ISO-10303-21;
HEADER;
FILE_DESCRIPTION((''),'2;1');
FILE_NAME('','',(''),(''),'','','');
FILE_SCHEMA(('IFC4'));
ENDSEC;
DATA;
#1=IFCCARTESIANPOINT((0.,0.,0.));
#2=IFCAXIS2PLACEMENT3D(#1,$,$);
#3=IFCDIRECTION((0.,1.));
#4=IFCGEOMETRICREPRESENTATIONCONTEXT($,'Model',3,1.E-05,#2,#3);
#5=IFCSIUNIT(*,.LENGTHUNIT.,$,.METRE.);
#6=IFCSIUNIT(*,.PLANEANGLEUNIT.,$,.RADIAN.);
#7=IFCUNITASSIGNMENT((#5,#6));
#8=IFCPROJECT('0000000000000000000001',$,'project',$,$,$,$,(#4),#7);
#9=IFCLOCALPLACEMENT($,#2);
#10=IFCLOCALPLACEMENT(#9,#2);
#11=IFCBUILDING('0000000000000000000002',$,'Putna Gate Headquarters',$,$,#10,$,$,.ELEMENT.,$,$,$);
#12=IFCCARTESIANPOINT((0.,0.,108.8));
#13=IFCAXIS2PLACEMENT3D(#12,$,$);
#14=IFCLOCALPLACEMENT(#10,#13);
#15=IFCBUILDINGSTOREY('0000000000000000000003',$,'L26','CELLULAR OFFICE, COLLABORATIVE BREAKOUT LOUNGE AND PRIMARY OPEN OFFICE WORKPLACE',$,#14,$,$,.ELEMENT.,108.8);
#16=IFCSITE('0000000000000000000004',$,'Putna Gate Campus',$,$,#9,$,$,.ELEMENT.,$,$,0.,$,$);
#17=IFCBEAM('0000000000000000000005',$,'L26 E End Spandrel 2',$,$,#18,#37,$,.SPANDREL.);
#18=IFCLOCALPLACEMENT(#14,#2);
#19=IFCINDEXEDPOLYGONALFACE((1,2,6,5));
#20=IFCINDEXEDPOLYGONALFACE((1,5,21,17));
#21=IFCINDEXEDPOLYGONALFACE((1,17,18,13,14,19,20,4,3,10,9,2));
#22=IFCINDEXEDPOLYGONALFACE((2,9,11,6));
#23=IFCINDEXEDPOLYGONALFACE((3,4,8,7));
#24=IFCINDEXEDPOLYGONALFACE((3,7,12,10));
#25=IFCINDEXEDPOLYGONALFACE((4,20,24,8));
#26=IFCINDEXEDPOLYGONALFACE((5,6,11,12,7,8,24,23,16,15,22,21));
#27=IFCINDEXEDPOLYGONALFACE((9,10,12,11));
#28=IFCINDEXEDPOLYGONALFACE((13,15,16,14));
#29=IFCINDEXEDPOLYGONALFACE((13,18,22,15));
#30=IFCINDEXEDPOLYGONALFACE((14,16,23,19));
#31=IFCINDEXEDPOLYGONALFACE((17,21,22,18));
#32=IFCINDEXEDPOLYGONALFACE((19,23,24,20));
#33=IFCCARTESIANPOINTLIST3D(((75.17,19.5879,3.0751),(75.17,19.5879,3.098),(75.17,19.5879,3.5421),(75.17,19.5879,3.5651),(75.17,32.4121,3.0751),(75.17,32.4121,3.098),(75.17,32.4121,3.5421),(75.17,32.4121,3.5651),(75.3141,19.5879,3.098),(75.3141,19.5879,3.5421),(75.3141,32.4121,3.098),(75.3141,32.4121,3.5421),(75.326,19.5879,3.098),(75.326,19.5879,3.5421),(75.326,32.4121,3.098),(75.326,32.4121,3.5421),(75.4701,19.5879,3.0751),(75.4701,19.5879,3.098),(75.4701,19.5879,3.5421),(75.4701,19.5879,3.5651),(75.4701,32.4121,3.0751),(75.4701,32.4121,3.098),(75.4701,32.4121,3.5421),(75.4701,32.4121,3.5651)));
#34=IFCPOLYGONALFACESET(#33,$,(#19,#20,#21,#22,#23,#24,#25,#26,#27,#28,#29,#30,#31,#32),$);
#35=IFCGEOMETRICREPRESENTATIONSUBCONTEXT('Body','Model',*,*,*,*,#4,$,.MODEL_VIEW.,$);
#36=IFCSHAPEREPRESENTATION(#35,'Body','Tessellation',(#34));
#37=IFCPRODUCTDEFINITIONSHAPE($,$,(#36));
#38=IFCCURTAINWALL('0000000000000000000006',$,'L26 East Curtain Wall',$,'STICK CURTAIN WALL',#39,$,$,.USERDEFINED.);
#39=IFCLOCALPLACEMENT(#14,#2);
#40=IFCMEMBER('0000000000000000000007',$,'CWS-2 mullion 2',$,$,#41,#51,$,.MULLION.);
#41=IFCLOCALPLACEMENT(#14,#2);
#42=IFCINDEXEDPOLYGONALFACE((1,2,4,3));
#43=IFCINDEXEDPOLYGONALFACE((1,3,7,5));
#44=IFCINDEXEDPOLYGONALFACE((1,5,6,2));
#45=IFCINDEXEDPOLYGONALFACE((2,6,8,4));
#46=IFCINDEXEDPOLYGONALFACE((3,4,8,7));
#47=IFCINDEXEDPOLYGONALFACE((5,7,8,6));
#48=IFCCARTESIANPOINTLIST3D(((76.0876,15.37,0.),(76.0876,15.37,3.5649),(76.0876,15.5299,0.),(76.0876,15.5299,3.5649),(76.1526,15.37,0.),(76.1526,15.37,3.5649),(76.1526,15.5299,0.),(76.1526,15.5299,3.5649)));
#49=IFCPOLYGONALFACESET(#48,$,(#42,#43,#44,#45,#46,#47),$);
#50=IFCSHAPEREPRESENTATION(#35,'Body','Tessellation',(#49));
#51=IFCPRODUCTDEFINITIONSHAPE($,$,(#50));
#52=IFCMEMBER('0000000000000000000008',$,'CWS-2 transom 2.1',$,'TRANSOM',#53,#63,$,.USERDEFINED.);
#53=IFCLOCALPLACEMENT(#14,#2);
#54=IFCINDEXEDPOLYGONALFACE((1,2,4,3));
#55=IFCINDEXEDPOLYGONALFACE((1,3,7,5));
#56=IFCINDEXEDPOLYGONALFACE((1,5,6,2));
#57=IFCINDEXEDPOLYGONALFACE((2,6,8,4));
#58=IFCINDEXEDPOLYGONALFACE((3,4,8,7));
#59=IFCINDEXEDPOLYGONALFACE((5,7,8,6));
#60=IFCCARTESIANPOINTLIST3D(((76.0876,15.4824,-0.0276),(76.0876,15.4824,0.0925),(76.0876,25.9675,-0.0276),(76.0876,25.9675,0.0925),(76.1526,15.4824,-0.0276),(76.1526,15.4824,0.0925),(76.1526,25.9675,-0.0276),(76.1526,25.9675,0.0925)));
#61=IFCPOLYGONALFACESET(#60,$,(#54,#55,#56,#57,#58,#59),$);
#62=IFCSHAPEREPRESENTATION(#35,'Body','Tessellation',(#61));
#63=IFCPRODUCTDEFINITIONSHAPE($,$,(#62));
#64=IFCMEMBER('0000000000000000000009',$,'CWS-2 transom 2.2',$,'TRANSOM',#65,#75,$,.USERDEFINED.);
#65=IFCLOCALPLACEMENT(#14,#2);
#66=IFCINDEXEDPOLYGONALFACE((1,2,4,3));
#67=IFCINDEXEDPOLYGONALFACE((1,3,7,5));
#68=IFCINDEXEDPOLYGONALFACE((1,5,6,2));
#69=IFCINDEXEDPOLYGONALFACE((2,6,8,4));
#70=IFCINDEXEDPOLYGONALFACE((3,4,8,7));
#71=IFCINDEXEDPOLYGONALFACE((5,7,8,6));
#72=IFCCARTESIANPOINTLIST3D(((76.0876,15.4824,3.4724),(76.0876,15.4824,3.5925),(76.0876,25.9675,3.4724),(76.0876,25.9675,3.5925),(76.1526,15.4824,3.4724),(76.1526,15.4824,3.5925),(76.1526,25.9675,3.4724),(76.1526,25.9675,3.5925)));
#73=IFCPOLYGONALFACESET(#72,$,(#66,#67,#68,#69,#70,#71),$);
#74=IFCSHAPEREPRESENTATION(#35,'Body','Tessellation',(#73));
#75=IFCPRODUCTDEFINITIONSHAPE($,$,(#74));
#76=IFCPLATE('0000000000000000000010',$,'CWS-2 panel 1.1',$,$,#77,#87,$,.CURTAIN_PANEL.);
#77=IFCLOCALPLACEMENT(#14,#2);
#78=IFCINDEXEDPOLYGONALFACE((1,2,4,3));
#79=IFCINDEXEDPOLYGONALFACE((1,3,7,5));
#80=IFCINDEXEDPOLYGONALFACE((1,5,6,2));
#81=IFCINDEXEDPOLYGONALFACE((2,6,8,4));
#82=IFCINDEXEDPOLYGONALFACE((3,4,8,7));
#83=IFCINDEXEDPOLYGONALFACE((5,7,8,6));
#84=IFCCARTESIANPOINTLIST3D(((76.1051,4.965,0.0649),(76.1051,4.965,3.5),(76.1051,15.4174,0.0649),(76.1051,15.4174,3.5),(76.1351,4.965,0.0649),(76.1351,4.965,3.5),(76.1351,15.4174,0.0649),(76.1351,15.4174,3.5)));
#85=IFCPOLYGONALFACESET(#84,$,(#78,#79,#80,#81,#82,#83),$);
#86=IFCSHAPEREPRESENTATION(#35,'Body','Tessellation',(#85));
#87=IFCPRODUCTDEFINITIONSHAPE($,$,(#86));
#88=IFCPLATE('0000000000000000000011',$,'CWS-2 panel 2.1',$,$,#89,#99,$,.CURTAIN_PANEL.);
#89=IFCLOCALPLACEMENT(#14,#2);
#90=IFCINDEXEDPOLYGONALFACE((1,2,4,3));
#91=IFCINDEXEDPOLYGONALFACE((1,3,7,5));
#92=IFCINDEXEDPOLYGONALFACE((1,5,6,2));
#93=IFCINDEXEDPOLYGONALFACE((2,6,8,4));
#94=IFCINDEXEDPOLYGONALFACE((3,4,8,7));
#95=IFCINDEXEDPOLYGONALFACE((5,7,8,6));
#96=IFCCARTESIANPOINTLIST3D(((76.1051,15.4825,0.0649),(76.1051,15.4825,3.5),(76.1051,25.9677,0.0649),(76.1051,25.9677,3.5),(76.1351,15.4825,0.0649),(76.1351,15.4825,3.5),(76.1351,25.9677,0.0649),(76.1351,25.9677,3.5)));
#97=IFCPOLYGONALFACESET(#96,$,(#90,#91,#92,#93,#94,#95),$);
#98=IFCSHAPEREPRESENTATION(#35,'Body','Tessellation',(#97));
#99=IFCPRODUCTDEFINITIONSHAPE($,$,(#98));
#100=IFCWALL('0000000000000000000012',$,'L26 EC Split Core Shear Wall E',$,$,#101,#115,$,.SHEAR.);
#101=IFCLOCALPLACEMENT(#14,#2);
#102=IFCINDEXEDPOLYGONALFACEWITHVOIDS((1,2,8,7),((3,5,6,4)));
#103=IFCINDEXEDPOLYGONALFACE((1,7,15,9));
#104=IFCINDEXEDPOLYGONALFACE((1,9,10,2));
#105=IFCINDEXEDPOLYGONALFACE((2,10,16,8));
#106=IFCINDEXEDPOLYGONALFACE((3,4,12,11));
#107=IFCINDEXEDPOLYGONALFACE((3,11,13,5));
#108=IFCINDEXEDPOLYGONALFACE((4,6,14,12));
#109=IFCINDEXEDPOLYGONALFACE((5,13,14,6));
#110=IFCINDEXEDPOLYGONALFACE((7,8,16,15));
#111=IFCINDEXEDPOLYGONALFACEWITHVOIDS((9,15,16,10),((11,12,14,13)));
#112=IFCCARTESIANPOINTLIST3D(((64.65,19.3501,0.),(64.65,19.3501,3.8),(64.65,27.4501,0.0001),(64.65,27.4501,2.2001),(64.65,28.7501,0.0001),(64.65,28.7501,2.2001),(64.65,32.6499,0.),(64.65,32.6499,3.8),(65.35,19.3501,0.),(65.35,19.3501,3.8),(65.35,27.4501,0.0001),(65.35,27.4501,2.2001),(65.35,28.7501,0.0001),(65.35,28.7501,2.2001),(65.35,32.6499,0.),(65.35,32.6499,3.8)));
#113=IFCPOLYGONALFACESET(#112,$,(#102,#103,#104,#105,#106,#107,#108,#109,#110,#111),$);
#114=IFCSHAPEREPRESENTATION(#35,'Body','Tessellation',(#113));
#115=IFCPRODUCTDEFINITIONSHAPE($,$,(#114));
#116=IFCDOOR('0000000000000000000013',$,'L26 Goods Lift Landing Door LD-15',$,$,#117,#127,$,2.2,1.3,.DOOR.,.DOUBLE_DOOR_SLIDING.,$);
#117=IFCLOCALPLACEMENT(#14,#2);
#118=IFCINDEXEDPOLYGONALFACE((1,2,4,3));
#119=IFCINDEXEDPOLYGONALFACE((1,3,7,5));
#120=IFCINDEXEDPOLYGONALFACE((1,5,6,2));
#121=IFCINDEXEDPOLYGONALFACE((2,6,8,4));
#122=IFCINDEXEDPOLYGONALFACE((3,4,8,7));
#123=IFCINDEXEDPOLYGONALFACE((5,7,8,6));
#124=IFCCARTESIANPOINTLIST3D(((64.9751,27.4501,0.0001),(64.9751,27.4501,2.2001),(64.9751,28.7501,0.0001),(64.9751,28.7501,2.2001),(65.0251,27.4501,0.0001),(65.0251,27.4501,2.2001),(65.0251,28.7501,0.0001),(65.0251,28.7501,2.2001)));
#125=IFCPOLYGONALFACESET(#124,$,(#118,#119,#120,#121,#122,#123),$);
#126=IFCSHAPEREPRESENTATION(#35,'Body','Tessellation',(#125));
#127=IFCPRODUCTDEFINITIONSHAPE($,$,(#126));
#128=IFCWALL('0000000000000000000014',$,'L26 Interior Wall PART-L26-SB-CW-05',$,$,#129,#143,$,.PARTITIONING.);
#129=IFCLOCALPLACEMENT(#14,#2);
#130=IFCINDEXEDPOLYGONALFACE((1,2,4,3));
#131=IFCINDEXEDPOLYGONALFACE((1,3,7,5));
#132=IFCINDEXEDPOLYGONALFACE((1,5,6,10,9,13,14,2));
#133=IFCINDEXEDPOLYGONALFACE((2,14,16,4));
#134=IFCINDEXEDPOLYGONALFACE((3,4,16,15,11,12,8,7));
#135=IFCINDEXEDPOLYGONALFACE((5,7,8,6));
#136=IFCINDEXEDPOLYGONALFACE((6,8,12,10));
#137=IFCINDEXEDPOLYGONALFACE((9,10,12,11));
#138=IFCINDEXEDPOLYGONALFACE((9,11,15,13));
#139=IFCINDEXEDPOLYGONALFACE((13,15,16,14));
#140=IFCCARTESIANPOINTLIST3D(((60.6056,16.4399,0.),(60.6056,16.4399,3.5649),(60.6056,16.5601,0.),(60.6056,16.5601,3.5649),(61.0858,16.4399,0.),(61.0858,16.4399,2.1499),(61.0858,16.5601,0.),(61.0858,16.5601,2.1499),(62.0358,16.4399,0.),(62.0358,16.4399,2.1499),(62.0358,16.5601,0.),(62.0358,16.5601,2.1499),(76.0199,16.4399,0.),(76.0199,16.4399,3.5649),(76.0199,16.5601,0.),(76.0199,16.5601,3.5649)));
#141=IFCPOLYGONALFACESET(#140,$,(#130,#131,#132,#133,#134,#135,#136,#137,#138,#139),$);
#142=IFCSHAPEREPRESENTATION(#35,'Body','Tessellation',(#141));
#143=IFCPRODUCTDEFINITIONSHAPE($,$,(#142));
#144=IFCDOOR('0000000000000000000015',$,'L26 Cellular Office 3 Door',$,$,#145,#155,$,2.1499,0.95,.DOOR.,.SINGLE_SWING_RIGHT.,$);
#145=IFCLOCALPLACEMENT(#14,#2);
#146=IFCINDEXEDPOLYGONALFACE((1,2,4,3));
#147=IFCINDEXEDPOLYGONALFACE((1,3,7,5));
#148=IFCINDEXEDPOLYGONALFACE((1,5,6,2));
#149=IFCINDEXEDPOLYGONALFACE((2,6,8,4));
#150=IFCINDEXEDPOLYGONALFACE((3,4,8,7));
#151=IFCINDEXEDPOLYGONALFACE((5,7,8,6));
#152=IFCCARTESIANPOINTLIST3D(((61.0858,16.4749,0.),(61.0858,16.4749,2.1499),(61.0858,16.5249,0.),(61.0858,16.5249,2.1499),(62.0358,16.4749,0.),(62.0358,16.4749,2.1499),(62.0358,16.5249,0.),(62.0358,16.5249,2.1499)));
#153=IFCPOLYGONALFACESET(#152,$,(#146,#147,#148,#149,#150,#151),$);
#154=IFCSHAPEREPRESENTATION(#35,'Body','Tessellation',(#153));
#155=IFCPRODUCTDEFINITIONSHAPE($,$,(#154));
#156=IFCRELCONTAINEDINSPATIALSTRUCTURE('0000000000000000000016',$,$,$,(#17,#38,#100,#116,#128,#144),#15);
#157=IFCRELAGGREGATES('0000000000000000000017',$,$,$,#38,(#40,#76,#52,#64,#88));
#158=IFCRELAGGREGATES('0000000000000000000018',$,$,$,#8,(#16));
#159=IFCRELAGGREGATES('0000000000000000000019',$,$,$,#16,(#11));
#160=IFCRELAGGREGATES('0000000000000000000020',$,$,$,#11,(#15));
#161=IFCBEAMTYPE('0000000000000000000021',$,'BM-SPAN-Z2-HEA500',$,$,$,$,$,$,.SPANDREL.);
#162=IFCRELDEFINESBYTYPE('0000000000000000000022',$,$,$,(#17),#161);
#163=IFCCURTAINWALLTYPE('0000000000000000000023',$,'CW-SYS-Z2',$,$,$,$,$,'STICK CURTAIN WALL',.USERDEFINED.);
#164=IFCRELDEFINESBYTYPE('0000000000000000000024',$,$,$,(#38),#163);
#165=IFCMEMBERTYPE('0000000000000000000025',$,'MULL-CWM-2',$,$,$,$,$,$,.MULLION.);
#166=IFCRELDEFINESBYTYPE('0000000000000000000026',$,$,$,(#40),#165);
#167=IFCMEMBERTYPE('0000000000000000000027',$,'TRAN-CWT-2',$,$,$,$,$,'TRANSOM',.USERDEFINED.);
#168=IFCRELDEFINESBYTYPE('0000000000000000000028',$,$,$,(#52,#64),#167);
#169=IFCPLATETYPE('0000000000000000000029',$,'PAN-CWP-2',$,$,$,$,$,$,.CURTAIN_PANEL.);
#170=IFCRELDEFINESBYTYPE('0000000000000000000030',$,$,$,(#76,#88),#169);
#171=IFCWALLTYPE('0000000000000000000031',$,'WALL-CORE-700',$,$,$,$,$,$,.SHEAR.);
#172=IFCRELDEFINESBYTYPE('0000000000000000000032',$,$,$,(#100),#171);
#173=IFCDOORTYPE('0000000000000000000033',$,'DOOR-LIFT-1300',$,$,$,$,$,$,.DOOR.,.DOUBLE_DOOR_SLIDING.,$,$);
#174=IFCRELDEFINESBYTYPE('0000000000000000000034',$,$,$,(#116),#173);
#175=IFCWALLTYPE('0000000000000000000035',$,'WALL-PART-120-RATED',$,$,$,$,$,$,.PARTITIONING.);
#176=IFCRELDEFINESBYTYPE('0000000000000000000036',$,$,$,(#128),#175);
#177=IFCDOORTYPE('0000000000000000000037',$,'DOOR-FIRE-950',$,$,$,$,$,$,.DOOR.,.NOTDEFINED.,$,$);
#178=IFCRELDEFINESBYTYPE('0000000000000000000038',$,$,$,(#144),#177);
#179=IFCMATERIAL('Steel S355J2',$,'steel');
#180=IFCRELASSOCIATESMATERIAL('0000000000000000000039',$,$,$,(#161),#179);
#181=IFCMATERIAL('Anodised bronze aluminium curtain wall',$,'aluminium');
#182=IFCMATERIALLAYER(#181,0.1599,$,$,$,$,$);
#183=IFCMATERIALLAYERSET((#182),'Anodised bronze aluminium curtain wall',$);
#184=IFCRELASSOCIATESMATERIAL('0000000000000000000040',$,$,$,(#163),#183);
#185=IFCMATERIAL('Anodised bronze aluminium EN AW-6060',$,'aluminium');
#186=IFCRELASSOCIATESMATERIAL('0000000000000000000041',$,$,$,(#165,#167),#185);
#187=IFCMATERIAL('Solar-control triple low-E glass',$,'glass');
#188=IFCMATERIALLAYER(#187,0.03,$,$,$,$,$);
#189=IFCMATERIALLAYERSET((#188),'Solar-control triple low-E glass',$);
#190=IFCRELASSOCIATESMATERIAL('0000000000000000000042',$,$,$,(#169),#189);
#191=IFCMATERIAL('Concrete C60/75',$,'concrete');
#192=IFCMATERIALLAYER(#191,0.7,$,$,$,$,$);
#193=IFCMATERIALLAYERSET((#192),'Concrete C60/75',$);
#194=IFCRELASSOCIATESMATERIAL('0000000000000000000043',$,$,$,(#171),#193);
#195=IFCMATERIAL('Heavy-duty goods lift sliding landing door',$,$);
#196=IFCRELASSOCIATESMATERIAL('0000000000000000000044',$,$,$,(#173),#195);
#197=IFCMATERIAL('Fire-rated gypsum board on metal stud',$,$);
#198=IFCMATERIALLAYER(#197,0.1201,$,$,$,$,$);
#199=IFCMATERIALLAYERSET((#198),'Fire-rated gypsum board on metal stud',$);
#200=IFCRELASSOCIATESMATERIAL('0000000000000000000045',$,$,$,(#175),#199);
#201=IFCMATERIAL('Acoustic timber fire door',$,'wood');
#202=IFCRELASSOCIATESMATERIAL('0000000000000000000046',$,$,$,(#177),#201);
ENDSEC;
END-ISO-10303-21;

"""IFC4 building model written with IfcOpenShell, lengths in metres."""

from ifc_helpers import new_model, si_unit, direction, frame, frame_2d, origin, origin_2d, place, context, subcontext, project, spatial, rectangle, i_section, extrude, material, layer, layer_set, material_profile, profile_set, type_object, element, fill, aggregate, save


model = new_model("IFC4")

# Units and contexts
model_context = context("Model", 3, precision=1e-05, world=origin(), true_north=direction((0.0, 1.0)))
body_context = subcontext(model_context, "Body", "Model", "MODEL_VIEW")
ifc_project = project(units=[si_unit("LENGTHUNIT", "METRE"), si_unit("PLANEANGLEUNIT", "RADIAN")], contexts=[model_context])

# Site, building, storey
site_placement = place(None, origin())
site = spatial("IfcSite", under=ifc_project, at=site_placement, Name="Putna Gate Campus", CompositionType="ELEMENT", RefElevation=0.0)
building_placement = place(site_placement, origin())
building = spatial("IfcBuilding", under=site, at=building_placement, Name="Putna Gate Headquarters", CompositionType="ELEMENT")
storey_placement = place(building_placement, frame((0.0, 0.0, 108.8)))
storey = spatial("IfcBuildingStorey", under=building, at=storey_placement, Name="L26", Description="CELLULAR OFFICE, COLLABORATIVE BREAKOUT LOUNGE AND PRIMARY OPEN OFFICE WORKPLACE", CompositionType="ELEMENT", Elevation=108.8)

# Shared definitions
ifc_material_1 = material(Name="Concrete C60/75", Category="concrete")

# Beam
ifc_material_2 = material(Name="Steel S355J2", Category="steel")
ifc_material_profile_1 = material_profile(ifc_material_2, i_section(OverallWidth=0.3, OverallDepth=0.49, WebThickness=0.012, FlangeThickness=0.0229, at=origin_2d()), Name="Steel S355J2")
ifc_profile_set_1 = profile_set([ifc_material_profile_1], Name="Steel S355J2")
beam_type_1 = type_object("IfcBeamType", Name="BM-SPAN-Z2-HEA500", PredefinedType="SPANDREL", material=ifc_profile_set_1)
beam_1_placement = place(storey_placement, frame((75.3201, 19.5879, 3.3201), z_axis=(0.0, 1.0, 0.0), x_axis=(-1.0, 0.0, 0.0)))
element("IfcBeam", 1, at=beam_1_placement, inside=storey, type_object=beam_type_1, Name="L26 E End Spandrel 2", PredefinedType="SPANDREL", context=body_context, shape_type="SweptSolid", body=[
    extrude(i_section(OverallWidth=0.3, OverallDepth=0.49, WebThickness=0.012, FlangeThickness=0.0229, at=origin_2d()), origin(), (0.0, 0.0, 1.0), 12.8242),
])

# Curtain wall, members, plates
ifc_material_3 = material(Name="Anodised bronze aluminium curtain wall", Category="aluminium")
ifc_layer_1 = layer(ifc_material_3, 0.1599)
ifc_layer_set_1 = layer_set([ifc_layer_1], Name="Anodised bronze aluminium curtain wall")
curtain_wall_type = type_object("IfcCurtainWallType", Name="CW-SYS-Z2", ElementType="STICK CURTAIN WALL", PredefinedType="USERDEFINED", material=ifc_layer_set_1)
curtain_wall_placement = place(storey_placement, origin())
curtain_wall = element("IfcCurtainWall", 2, at=curtain_wall_placement, inside=storey, type_object=curtain_wall_type, Name="L26 East Curtain Wall", ObjectType="STICK CURTAIN WALL", PredefinedType="USERDEFINED")
ifc_material_4 = material(Name="Anodised bronze aluminium EN AW-6060", Category="aluminium")
ifc_material_profile_2 = material_profile(ifc_material_4, rectangle(XDim=0.0649, YDim=0.1599, at=origin_2d()), Name="Anodised bronze aluminium EN AW-6060")
ifc_profile_set_2 = profile_set([ifc_material_profile_2], Name="Anodised bronze aluminium EN AW-6060")
member_type_1 = type_object("IfcMemberType", Name="MULL-CWM-2", PredefinedType="MULLION", material=ifc_profile_set_2)
member_1_placement = place(storey_placement, frame((76.1201, 15.45, 0.0), z_axis=(0.0, 0.0, 1.0), x_axis=(-1.0, 0.0, 0.0)))
member_1 = element("IfcMember", 3, at=member_1_placement, type_object=member_type_1, Name="CWS-2 mullion 2", PredefinedType="MULLION", context=body_context, shape_type="SweptSolid", body=[
    extrude(rectangle(XDim=0.0649, YDim=0.1599, at=origin_2d()), origin(), (0.0, 0.0, 1.0), 3.5649),
])
ifc_material_profile_3 = material_profile(ifc_material_4, rectangle(XDim=0.0649, YDim=0.1201, at=origin_2d()), Name="Anodised bronze aluminium EN AW-6060")
ifc_profile_set_3 = profile_set([ifc_material_profile_3], Name="Anodised bronze aluminium EN AW-6060")
member_type_2 = type_object("IfcMemberType", Name="TRAN-CWT-2", ElementType="TRANSOM", PredefinedType="USERDEFINED", material=ifc_profile_set_3)
member_2_placement = place(storey_placement, frame((76.1201, 15.4824, 0.0325), z_axis=(0.0, 1.0, 0.0), x_axis=(-1.0, 0.0, 0.0)))
member_2 = element("IfcMember", 4, at=member_2_placement, type_object=member_type_2, Name="CWS-2 transom 2.1", ObjectType="TRANSOM", PredefinedType="USERDEFINED", context=body_context, shape_type="SweptSolid", body=[
    extrude(rectangle(XDim=0.0649, YDim=0.1201, at=origin_2d()), origin(), (0.0, 0.0, 1.0), 10.4851),
])
member_3_placement = place(storey_placement, frame((76.1201, 15.4824, 3.5325), z_axis=(0.0, 1.0, 0.0), x_axis=(-1.0, 0.0, 0.0)))
member_3 = element("IfcMember", 5, at=member_3_placement, type_object=member_type_2, Name="CWS-2 transom 2.2", ObjectType="TRANSOM", PredefinedType="USERDEFINED", context=body_context, shape_type="SweptSolid", body=[
    extrude(rectangle(XDim=0.0649, YDim=0.1201, at=origin_2d()), origin(), (0.0, 0.0, 1.0), 10.4851),
])
ifc_material_5 = material(Name="Solar-control triple low-E glass", Category="glass")
ifc_layer_2 = layer(ifc_material_5, 0.03)
ifc_layer_set_2 = layer_set([ifc_layer_2], Name="Solar-control triple low-E glass")
plate_type = type_object("IfcPlateType", Name="PAN-CWP-2", PredefinedType="CURTAIN_PANEL", material=ifc_layer_set_2)
plate_1_placement = place(storey_placement, frame((76.1201, 10.1912, 0.0649), z_axis=(0.0, 0.0, 1.0), x_axis=(0.0, 1.0, 0.0)))
plate_1 = element("IfcPlate", 6, at=plate_1_placement, type_object=plate_type, Name="CWS-2 panel 1.1", PredefinedType="CURTAIN_PANEL", context=body_context, shape_type="SweptSolid", body=[
    extrude(rectangle(XDim=10.4524, YDim=0.03, at=origin_2d()), origin(), (0.0, 0.0, 1.0), 3.4351),
])
plate_2_placement = place(storey_placement, frame((76.1201, 20.7251, 0.0649), z_axis=(0.0, 0.0, 1.0), x_axis=(0.0, 1.0, 0.0)))
plate_2 = element("IfcPlate", 7, at=plate_2_placement, type_object=plate_type, Name="CWS-2 panel 2.1", PredefinedType="CURTAIN_PANEL", context=body_context, shape_type="SweptSolid", body=[
    extrude(rectangle(XDim=10.4851, YDim=0.03, at=origin_2d()), origin(), (0.0, 0.0, 1.0), 3.4351),
])
aggregate(curtain_wall, [member_1, plate_1, member_2, member_3, plate_2])

# Walls, openings, doors
ifc_layer_3 = layer(ifc_material_1, 0.7)
ifc_layer_set_3 = layer_set([ifc_layer_3], Name="Concrete C60/75")
wall_type_1 = type_object("IfcWallType", Name="WALL-CORE-700", PredefinedType="SHEAR", material=ifc_layer_set_3)
wall_1_placement = place(storey_placement, frame((65.0, 19.3501, 0.0), z_axis=(0.0, 0.0, 1.0), x_axis=(0.0, 1.0, 0.0)))
wall_1 = element("IfcWall", 8, at=wall_1_placement, inside=storey, type_object=wall_type_1, Name="L26 EC Split Core Shear Wall E", PredefinedType="SHEAR", context=body_context, shape_type="SweptSolid", body=[
    extrude(rectangle(XDim=13.2998, YDim=0.7, at=frame_2d((6.6499, 0.0))), origin(), (0.0, 0.0, 1.0), 3.8),
])
opening_1_placement = place(wall_1_placement, frame((8.1001, 0.0, 0.0)))
opening_1 = element("IfcOpeningElement", 9, at=opening_1_placement, cuts=wall_1, PredefinedType="OPENING", context=body_context, shape_type="SweptSolid", body=[
    extrude(rectangle(XDim=1.3, YDim=2.2, at=frame_2d((0.6499, 1.1001))), frame((0.0, 0.3599, 0.0), z_axis=(0.0, -1.0, 0.0), x_axis=(1.0, 0.0, 0.0)), (0.0, 0.0, 1.0), 0.72),
])
ifc_material_6 = material(Name="Heavy-duty goods lift sliding landing door")
door_type_1 = type_object("IfcDoorType", Name="DOOR-LIFT-1300", OperationType="DOUBLE_DOOR_SLIDING", PredefinedType="DOOR", material=ifc_material_6)
door_1_placement = place(opening_1_placement, origin())
door_1 = element("IfcDoor", 10, at=door_1_placement, inside=storey, type_object=door_type_1, Name="L26 Goods Lift Landing Door LD-15", OperationType="DOUBLE_DOOR_SLIDING", OverallHeight=2.2, OverallWidth=1.3, PredefinedType="DOOR", context=body_context, shape_type="SweptSolid", body=[
    extrude(rectangle(XDim=1.3, YDim=2.2, at=frame_2d((0.6499, 1.1001))), frame((0.0, 0.0249, 0.0), z_axis=(0.0, -1.0, 0.0), x_axis=(1.0, 0.0, 0.0)), (0.0, 0.0, 1.0), 0.05),
])
fill(opening_1, door_1)
ifc_material_7 = material(Name="Fire-rated gypsum board on metal stud")
ifc_layer_4 = layer(ifc_material_7, 0.1201)
ifc_layer_set_4 = layer_set([ifc_layer_4], Name="Fire-rated gypsum board on metal stud")
wall_type_2 = type_object("IfcWallType", Name="WALL-PART-120-RATED", PredefinedType="PARTITIONING", material=ifc_layer_set_4)
wall_2_placement = place(storey_placement, frame((60.6057, 16.5, 0.0), z_axis=(0.0, 0.0, 1.0), x_axis=(1.0, 0.0, 0.0)))
wall_2 = element("IfcWall", 11, at=wall_2_placement, inside=storey, type_object=wall_type_2, Name="L26 Interior Wall PART-L26-SB-CW-05", PredefinedType="PARTITIONING", context=body_context, shape_type="SweptSolid", body=[
    extrude(rectangle(XDim=15.4143, YDim=0.1201, at=frame_2d((7.707, 0.0))), origin(), (0.0, 0.0, 1.0), 3.5649),
])
opening_2_placement = place(wall_2_placement, frame((0.48, 0.0, 0.0)))
opening_2 = element("IfcOpeningElement", 12, at=opening_2_placement, cuts=wall_2, PredefinedType="OPENING", context=body_context, shape_type="SweptSolid", body=[
    extrude(rectangle(XDim=0.95, YDim=2.1499, at=frame_2d((0.4751, 1.075))), frame((0.0, 0.0701, 0.0), z_axis=(0.0, -1.0, 0.0), x_axis=(1.0, 0.0, 0.0)), (0.0, 0.0, 1.0), 0.1401),
])
ifc_material_8 = material(Name="Acoustic timber fire door", Category="wood")
door_type_2 = type_object("IfcDoorType", Name="DOOR-FIRE-950", OperationType="NOTDEFINED", PredefinedType="DOOR", material=ifc_material_8)
door_2_placement = place(opening_2_placement, origin())
door_2 = element("IfcDoor", 13, at=door_2_placement, inside=storey, type_object=door_type_2, Name="L26 Cellular Office 3 Door", OperationType="SINGLE_SWING_RIGHT", OverallHeight=2.1499, OverallWidth=0.95, PredefinedType="DOOR", context=body_context, shape_type="SweptSolid", body=[
    extrude(rectangle(XDim=0.95, YDim=2.1499, at=frame_2d((0.4751, 1.075))), frame((0.0, 0.0249, 0.0), z_axis=(0.0, -1.0, 0.0), x_axis=(1.0, 0.0, 0.0)), (0.0, 0.0, 1.0), 0.05),
])
fill(opening_2, door_2)

save(model, "model.ifc")
